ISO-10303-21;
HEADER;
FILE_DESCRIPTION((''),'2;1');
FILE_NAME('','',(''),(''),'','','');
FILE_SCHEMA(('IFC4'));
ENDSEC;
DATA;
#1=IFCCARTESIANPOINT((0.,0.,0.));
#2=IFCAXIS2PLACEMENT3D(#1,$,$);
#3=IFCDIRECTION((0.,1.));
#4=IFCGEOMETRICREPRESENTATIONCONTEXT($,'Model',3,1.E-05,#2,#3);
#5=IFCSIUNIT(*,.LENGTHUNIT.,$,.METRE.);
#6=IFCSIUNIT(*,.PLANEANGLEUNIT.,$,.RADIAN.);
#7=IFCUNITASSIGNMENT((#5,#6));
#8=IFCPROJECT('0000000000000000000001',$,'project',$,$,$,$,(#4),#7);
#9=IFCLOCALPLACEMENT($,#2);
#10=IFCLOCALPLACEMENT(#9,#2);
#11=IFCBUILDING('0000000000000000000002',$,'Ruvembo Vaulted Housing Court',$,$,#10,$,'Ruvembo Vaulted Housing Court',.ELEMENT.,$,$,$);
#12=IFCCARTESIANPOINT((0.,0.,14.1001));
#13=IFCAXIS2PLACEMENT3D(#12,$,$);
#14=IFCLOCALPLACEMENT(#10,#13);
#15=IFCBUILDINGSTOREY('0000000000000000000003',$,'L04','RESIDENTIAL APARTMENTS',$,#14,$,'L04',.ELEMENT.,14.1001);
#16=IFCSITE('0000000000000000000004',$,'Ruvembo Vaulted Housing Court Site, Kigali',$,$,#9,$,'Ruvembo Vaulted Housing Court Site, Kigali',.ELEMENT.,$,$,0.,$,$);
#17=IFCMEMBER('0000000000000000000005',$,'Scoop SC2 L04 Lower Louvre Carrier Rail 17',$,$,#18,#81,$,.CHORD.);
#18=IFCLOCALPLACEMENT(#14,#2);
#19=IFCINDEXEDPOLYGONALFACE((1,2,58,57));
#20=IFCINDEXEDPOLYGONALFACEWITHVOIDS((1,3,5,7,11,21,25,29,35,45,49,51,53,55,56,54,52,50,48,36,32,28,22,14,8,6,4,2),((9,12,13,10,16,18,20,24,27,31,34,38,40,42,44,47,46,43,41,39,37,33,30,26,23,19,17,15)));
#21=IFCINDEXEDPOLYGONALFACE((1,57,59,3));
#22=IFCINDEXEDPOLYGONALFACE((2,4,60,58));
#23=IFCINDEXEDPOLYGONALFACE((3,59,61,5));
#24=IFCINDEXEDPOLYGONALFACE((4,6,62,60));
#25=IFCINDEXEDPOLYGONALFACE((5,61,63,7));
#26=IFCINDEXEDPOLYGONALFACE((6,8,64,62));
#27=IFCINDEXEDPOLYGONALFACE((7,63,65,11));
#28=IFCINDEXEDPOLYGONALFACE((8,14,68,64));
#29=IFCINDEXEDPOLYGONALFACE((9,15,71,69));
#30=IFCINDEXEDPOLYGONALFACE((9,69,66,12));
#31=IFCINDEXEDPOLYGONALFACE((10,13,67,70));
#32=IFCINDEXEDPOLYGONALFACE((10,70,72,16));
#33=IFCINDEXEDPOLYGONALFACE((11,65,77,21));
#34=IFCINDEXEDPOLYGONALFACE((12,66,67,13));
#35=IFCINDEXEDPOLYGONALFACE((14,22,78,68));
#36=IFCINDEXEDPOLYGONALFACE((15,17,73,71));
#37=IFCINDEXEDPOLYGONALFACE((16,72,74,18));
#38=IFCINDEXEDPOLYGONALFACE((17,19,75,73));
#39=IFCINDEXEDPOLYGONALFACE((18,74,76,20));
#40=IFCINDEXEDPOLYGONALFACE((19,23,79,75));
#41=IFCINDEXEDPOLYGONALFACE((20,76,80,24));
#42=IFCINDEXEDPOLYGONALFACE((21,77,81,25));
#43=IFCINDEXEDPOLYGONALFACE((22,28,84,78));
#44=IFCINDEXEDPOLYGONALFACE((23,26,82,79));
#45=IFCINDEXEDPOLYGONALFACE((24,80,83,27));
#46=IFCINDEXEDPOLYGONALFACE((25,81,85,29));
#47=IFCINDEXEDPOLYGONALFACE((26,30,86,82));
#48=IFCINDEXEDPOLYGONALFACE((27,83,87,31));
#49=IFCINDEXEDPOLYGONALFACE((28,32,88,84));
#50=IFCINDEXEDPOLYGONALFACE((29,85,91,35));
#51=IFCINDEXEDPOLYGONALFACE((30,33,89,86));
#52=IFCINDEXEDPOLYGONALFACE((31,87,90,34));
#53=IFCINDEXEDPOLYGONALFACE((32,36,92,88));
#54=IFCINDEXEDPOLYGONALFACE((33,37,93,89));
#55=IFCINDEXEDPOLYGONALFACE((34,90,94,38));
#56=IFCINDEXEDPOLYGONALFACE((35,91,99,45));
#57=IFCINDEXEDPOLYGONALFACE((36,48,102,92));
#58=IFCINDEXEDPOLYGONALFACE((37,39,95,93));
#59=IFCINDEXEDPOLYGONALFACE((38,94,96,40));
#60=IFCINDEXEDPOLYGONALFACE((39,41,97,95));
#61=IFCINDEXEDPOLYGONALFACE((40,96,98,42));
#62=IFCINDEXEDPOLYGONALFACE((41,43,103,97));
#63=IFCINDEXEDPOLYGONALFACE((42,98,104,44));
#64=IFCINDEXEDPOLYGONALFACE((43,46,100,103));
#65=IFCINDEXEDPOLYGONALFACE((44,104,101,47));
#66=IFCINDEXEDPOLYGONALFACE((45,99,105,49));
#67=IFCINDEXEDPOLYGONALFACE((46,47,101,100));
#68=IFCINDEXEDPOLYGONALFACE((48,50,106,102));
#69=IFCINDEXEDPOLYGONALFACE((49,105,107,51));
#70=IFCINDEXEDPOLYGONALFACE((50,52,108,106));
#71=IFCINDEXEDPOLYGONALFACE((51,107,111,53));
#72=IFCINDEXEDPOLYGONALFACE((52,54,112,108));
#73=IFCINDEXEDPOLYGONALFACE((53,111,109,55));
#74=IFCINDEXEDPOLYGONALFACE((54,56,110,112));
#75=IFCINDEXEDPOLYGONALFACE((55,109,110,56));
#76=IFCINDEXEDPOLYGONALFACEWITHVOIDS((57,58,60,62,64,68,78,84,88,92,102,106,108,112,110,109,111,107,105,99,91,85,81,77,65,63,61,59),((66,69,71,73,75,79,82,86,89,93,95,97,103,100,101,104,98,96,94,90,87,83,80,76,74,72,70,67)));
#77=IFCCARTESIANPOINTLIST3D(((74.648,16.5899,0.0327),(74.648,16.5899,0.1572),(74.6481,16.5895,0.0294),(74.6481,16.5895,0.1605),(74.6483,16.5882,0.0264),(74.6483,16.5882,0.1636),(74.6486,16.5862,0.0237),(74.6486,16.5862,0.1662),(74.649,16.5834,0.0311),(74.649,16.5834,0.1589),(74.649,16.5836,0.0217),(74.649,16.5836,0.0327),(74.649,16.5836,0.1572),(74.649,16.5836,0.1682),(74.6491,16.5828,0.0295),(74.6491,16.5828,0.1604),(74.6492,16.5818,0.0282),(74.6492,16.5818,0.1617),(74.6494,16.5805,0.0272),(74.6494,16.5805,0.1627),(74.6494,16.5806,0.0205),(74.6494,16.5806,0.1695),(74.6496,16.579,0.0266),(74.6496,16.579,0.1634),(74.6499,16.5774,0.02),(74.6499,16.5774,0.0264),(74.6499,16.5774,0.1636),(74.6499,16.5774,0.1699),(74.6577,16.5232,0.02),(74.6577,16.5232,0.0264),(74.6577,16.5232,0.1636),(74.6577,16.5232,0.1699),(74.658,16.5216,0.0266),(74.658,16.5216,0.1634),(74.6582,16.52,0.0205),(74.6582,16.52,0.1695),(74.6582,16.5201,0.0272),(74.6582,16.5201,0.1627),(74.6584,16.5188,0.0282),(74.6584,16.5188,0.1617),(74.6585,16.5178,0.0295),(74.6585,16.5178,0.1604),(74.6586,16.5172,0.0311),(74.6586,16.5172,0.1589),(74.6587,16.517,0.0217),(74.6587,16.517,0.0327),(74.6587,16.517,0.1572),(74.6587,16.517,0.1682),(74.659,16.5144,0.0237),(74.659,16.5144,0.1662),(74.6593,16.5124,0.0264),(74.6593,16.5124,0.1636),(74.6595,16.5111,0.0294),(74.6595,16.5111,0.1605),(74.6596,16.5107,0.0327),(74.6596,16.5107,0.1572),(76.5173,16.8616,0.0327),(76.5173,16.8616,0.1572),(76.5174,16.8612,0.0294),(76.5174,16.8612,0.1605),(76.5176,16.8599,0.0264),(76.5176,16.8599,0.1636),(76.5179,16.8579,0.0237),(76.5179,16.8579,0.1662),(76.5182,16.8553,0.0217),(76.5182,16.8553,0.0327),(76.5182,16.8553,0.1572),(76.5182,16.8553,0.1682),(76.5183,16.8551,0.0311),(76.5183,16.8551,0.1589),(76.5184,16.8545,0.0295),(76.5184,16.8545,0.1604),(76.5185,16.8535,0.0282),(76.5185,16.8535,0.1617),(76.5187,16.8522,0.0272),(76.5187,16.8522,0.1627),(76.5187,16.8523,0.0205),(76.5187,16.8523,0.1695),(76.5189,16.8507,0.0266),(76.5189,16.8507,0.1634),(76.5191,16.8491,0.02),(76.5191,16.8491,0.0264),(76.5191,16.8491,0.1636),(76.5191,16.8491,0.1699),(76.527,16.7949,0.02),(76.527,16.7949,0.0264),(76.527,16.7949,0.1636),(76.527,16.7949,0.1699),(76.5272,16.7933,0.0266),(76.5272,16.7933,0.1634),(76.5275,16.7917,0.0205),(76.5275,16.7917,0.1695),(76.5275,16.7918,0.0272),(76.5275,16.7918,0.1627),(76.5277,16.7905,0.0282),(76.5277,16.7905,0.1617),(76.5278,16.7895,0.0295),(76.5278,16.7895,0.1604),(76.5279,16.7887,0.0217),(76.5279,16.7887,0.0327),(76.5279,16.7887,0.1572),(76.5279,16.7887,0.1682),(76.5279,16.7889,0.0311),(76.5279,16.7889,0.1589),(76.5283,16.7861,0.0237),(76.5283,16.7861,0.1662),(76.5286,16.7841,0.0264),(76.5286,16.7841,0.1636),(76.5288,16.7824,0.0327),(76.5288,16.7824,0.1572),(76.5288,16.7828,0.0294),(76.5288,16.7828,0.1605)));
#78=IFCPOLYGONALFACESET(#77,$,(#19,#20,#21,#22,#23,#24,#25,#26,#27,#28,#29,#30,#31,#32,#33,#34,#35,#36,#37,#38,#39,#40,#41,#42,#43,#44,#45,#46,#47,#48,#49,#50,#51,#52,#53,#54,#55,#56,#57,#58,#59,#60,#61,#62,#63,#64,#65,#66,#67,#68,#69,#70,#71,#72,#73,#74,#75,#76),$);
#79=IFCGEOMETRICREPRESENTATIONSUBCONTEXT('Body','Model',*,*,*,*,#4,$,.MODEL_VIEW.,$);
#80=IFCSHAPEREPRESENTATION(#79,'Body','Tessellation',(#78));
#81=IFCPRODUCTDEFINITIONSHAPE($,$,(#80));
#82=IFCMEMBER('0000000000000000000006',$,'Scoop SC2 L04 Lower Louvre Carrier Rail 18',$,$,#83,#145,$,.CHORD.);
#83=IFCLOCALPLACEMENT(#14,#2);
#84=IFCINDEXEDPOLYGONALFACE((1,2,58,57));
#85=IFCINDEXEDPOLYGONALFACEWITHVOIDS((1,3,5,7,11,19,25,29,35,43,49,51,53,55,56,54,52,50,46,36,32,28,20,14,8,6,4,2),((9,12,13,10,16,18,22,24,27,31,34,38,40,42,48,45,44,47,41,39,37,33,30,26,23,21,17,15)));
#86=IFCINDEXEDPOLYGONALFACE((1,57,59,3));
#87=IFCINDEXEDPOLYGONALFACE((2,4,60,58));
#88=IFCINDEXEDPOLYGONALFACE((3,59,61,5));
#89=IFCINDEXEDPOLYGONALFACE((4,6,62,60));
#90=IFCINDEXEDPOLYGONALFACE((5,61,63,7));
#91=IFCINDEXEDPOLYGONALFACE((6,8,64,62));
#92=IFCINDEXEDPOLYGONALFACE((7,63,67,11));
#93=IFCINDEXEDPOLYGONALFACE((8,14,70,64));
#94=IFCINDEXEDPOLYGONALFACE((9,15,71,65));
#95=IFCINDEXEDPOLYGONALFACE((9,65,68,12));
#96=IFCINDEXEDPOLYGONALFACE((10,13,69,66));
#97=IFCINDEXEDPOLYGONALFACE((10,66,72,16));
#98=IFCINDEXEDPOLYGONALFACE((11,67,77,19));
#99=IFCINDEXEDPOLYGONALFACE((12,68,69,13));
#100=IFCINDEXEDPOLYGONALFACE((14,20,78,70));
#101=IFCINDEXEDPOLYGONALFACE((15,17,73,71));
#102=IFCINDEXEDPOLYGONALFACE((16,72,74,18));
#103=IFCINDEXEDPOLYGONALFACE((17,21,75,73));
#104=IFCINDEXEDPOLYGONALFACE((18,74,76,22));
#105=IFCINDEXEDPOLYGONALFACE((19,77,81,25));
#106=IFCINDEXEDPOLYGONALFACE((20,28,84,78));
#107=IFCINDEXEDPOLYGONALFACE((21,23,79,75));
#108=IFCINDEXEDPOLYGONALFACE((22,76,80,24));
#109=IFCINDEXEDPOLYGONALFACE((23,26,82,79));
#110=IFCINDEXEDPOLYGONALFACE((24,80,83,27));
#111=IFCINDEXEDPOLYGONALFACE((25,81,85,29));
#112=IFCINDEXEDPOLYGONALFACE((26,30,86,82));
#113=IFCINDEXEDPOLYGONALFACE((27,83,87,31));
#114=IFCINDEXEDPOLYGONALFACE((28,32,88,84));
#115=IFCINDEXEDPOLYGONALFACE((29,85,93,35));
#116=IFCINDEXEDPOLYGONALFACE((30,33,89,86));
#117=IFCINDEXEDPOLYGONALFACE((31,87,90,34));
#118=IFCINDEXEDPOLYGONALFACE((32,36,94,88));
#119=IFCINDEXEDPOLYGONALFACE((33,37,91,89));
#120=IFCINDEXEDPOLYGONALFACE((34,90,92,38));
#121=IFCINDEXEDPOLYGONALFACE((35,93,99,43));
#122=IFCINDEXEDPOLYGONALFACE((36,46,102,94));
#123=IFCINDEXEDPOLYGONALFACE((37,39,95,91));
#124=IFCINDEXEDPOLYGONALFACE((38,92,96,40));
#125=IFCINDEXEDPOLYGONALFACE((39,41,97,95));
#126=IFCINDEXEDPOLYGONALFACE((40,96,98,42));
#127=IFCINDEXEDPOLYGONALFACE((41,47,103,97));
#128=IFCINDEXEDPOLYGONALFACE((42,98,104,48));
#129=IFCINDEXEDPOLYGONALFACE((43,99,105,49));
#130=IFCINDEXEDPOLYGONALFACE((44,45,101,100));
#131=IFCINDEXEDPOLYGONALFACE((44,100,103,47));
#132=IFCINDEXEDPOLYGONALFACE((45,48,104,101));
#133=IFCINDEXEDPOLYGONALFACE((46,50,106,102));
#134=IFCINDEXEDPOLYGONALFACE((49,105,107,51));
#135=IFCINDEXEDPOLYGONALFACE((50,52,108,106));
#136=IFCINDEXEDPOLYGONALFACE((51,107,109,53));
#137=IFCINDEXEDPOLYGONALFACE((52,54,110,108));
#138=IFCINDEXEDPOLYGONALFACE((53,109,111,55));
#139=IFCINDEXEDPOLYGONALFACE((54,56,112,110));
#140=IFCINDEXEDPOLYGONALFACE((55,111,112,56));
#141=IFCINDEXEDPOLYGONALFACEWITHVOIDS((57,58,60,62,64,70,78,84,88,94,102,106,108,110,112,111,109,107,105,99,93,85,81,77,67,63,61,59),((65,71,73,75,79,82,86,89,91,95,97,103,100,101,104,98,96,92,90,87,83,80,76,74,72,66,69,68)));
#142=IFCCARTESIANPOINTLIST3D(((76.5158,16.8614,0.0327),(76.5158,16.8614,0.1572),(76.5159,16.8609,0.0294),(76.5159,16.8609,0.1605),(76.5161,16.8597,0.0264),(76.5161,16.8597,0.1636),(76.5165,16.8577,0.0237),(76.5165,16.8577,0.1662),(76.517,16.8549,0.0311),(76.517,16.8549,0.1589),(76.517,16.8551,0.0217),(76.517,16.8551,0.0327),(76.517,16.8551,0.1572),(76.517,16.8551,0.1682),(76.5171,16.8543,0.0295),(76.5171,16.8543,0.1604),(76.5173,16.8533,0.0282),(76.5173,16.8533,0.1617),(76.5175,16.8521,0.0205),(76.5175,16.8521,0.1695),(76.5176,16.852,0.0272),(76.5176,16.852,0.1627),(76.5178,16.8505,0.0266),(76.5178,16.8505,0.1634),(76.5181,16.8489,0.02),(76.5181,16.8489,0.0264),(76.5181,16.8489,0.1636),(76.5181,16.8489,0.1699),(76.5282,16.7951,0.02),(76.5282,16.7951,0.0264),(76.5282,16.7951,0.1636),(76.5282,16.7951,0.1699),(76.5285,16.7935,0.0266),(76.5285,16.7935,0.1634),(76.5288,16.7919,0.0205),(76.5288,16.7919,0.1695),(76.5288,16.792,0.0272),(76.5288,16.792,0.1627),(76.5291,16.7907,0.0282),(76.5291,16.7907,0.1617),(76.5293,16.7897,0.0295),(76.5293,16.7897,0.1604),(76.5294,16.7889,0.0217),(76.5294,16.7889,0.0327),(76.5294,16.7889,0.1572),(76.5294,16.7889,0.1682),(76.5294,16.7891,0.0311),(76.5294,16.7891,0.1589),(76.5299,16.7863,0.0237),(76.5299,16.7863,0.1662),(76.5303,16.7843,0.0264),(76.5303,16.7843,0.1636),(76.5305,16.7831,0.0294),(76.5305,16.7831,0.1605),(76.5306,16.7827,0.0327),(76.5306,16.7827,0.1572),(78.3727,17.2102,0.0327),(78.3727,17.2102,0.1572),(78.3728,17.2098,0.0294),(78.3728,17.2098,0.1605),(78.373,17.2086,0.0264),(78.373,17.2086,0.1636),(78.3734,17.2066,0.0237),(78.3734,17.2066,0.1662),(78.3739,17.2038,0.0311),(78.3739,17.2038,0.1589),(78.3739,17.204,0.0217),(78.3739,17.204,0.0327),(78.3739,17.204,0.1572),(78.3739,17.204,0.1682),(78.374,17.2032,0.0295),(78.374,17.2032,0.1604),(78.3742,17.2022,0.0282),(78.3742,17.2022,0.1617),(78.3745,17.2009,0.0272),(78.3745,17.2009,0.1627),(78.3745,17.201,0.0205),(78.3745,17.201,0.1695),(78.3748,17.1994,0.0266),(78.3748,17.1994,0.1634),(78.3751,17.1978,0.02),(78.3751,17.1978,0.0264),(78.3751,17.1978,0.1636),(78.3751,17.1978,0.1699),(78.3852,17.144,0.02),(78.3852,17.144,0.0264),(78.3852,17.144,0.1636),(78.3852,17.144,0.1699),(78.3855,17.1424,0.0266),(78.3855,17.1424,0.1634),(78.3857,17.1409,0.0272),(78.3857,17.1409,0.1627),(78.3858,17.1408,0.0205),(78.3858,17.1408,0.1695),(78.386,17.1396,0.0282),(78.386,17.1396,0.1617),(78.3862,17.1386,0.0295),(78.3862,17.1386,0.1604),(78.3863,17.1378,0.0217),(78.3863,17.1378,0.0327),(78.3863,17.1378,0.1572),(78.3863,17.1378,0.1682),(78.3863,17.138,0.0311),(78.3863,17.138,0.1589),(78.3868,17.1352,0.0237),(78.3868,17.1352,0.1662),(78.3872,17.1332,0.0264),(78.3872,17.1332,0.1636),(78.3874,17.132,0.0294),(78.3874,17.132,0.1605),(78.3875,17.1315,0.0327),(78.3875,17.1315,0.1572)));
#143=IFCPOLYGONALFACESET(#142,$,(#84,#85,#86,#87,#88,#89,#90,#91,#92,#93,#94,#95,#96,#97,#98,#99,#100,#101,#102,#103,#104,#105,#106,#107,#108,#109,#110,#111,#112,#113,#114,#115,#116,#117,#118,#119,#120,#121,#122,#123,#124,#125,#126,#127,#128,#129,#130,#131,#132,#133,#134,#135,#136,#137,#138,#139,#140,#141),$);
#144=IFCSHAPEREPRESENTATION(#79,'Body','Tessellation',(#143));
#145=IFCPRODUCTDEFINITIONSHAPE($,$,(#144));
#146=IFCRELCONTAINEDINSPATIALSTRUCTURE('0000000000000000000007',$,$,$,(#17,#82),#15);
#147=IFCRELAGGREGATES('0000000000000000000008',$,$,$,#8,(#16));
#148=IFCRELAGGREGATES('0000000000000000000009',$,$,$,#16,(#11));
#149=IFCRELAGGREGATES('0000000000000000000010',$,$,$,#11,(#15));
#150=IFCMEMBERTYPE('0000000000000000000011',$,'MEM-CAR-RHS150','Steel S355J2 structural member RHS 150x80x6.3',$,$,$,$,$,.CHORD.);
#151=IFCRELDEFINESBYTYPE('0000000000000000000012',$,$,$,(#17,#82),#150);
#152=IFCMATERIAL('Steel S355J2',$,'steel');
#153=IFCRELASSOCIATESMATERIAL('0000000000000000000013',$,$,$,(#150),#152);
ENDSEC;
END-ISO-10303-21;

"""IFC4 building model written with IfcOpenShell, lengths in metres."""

from ifc_helpers import new_model, si_unit, direction, frame, origin, origin_2d, place, context, subcontext, project, spatial, hollow_rectangle, extrude, material, material_profile, profile_set, type_object, element, save


model = new_model("IFC4")

# Units and contexts
model_context = context("Model", 3, precision=1e-05, world=origin(), true_north=direction((0.0, 1.0)))
body_context = subcontext(model_context, "Body", "Model", "MODEL_VIEW")
ifc_project = project(units=[si_unit("LENGTHUNIT", "METRE"), si_unit("PLANEANGLEUNIT", "RADIAN")], contexts=[model_context])

# Site, building, storey
site_placement = place(None, origin())
site = spatial("IfcSite", under=ifc_project, at=site_placement, Name="Ruvembo Vaulted Housing Court Site, Kigali", LongName="Ruvembo Vaulted Housing Court Site, Kigali", CompositionType="ELEMENT", RefElevation=0.0)
building_placement = place(site_placement, origin())
building = spatial("IfcBuilding", under=site, at=building_placement, Name="Ruvembo Vaulted Housing Court", LongName="Ruvembo Vaulted Housing Court", CompositionType="ELEMENT")
storey_placement = place(building_placement, frame((0.0, 0.0, 14.1001)))
storey = spatial("IfcBuildingStorey", under=building, at=storey_placement, Name="L04", Description="RESIDENTIAL APARTMENTS", LongName="L04", CompositionType="ELEMENT", Elevation=14.1001)

# Shared definitions
ifc_material_1 = material(Name="Steel S355J2", Category="steel")

# Members
ifc_material_profile_1 = material_profile(ifc_material_1, hollow_rectangle(XDim=0.0801, YDim=0.1499, WallThickness=0.0063, InnerFilletRadius=0.0063, OuterFilletRadius=0.0127, at=origin_2d()), Name="RHS 150x80x6.3")
ifc_profile_set_1 = profile_set([ifc_material_profile_1], Name="Steel S355J2")
member_type_1 = type_object("IfcMemberType", Name="MEM-CAR-RHS150", Description="Steel S355J2 structural member RHS 150x80x6.3", PredefinedType="CHORD", material=ifc_profile_set_1)
member_1_placement = place(storey_placement, frame((74.6538, 16.5503, 0.095), z_axis=(0.9896, 0.143845, 0.0), x_axis=(-0.143845, 0.9896, 0.0)))
element("IfcMember", 1, at=member_1_placement, inside=storey, type_object=member_type_1, Name="Scoop SC2 L04 Lower Louvre Carrier Rail 17", PredefinedType="CHORD", context=body_context, shape_type="SweptSolid", body=[
    extrude(hollow_rectangle(XDim=0.0801, YDim=0.1499, WallThickness=0.0063, InnerFilletRadius=0.0063, OuterFilletRadius=0.0127, at=origin_2d()), origin(), (0.0, 0.0, 1.0), 1.8889),
])
member_2_placement = place(storey_placement, frame((76.5232, 16.822, 0.095), z_axis=(0.982805, 0.184647, 0.0), x_axis=(-0.184647, 0.982805, 0.0)))
element("IfcMember", 2, at=member_2_placement, inside=storey, type_object=member_type_1, Name="Scoop SC2 L04 Lower Louvre Carrier Rail 18", PredefinedType="CHORD", context=body_context, shape_type="SweptSolid", body=[
    extrude(hollow_rectangle(XDim=0.0801, YDim=0.1499, WallThickness=0.0063, InnerFilletRadius=0.0063, OuterFilletRadius=0.0127, at=origin_2d()), origin(), (0.0, 0.0, 1.0), 1.8894),
])

save(model, "model.ifc")
